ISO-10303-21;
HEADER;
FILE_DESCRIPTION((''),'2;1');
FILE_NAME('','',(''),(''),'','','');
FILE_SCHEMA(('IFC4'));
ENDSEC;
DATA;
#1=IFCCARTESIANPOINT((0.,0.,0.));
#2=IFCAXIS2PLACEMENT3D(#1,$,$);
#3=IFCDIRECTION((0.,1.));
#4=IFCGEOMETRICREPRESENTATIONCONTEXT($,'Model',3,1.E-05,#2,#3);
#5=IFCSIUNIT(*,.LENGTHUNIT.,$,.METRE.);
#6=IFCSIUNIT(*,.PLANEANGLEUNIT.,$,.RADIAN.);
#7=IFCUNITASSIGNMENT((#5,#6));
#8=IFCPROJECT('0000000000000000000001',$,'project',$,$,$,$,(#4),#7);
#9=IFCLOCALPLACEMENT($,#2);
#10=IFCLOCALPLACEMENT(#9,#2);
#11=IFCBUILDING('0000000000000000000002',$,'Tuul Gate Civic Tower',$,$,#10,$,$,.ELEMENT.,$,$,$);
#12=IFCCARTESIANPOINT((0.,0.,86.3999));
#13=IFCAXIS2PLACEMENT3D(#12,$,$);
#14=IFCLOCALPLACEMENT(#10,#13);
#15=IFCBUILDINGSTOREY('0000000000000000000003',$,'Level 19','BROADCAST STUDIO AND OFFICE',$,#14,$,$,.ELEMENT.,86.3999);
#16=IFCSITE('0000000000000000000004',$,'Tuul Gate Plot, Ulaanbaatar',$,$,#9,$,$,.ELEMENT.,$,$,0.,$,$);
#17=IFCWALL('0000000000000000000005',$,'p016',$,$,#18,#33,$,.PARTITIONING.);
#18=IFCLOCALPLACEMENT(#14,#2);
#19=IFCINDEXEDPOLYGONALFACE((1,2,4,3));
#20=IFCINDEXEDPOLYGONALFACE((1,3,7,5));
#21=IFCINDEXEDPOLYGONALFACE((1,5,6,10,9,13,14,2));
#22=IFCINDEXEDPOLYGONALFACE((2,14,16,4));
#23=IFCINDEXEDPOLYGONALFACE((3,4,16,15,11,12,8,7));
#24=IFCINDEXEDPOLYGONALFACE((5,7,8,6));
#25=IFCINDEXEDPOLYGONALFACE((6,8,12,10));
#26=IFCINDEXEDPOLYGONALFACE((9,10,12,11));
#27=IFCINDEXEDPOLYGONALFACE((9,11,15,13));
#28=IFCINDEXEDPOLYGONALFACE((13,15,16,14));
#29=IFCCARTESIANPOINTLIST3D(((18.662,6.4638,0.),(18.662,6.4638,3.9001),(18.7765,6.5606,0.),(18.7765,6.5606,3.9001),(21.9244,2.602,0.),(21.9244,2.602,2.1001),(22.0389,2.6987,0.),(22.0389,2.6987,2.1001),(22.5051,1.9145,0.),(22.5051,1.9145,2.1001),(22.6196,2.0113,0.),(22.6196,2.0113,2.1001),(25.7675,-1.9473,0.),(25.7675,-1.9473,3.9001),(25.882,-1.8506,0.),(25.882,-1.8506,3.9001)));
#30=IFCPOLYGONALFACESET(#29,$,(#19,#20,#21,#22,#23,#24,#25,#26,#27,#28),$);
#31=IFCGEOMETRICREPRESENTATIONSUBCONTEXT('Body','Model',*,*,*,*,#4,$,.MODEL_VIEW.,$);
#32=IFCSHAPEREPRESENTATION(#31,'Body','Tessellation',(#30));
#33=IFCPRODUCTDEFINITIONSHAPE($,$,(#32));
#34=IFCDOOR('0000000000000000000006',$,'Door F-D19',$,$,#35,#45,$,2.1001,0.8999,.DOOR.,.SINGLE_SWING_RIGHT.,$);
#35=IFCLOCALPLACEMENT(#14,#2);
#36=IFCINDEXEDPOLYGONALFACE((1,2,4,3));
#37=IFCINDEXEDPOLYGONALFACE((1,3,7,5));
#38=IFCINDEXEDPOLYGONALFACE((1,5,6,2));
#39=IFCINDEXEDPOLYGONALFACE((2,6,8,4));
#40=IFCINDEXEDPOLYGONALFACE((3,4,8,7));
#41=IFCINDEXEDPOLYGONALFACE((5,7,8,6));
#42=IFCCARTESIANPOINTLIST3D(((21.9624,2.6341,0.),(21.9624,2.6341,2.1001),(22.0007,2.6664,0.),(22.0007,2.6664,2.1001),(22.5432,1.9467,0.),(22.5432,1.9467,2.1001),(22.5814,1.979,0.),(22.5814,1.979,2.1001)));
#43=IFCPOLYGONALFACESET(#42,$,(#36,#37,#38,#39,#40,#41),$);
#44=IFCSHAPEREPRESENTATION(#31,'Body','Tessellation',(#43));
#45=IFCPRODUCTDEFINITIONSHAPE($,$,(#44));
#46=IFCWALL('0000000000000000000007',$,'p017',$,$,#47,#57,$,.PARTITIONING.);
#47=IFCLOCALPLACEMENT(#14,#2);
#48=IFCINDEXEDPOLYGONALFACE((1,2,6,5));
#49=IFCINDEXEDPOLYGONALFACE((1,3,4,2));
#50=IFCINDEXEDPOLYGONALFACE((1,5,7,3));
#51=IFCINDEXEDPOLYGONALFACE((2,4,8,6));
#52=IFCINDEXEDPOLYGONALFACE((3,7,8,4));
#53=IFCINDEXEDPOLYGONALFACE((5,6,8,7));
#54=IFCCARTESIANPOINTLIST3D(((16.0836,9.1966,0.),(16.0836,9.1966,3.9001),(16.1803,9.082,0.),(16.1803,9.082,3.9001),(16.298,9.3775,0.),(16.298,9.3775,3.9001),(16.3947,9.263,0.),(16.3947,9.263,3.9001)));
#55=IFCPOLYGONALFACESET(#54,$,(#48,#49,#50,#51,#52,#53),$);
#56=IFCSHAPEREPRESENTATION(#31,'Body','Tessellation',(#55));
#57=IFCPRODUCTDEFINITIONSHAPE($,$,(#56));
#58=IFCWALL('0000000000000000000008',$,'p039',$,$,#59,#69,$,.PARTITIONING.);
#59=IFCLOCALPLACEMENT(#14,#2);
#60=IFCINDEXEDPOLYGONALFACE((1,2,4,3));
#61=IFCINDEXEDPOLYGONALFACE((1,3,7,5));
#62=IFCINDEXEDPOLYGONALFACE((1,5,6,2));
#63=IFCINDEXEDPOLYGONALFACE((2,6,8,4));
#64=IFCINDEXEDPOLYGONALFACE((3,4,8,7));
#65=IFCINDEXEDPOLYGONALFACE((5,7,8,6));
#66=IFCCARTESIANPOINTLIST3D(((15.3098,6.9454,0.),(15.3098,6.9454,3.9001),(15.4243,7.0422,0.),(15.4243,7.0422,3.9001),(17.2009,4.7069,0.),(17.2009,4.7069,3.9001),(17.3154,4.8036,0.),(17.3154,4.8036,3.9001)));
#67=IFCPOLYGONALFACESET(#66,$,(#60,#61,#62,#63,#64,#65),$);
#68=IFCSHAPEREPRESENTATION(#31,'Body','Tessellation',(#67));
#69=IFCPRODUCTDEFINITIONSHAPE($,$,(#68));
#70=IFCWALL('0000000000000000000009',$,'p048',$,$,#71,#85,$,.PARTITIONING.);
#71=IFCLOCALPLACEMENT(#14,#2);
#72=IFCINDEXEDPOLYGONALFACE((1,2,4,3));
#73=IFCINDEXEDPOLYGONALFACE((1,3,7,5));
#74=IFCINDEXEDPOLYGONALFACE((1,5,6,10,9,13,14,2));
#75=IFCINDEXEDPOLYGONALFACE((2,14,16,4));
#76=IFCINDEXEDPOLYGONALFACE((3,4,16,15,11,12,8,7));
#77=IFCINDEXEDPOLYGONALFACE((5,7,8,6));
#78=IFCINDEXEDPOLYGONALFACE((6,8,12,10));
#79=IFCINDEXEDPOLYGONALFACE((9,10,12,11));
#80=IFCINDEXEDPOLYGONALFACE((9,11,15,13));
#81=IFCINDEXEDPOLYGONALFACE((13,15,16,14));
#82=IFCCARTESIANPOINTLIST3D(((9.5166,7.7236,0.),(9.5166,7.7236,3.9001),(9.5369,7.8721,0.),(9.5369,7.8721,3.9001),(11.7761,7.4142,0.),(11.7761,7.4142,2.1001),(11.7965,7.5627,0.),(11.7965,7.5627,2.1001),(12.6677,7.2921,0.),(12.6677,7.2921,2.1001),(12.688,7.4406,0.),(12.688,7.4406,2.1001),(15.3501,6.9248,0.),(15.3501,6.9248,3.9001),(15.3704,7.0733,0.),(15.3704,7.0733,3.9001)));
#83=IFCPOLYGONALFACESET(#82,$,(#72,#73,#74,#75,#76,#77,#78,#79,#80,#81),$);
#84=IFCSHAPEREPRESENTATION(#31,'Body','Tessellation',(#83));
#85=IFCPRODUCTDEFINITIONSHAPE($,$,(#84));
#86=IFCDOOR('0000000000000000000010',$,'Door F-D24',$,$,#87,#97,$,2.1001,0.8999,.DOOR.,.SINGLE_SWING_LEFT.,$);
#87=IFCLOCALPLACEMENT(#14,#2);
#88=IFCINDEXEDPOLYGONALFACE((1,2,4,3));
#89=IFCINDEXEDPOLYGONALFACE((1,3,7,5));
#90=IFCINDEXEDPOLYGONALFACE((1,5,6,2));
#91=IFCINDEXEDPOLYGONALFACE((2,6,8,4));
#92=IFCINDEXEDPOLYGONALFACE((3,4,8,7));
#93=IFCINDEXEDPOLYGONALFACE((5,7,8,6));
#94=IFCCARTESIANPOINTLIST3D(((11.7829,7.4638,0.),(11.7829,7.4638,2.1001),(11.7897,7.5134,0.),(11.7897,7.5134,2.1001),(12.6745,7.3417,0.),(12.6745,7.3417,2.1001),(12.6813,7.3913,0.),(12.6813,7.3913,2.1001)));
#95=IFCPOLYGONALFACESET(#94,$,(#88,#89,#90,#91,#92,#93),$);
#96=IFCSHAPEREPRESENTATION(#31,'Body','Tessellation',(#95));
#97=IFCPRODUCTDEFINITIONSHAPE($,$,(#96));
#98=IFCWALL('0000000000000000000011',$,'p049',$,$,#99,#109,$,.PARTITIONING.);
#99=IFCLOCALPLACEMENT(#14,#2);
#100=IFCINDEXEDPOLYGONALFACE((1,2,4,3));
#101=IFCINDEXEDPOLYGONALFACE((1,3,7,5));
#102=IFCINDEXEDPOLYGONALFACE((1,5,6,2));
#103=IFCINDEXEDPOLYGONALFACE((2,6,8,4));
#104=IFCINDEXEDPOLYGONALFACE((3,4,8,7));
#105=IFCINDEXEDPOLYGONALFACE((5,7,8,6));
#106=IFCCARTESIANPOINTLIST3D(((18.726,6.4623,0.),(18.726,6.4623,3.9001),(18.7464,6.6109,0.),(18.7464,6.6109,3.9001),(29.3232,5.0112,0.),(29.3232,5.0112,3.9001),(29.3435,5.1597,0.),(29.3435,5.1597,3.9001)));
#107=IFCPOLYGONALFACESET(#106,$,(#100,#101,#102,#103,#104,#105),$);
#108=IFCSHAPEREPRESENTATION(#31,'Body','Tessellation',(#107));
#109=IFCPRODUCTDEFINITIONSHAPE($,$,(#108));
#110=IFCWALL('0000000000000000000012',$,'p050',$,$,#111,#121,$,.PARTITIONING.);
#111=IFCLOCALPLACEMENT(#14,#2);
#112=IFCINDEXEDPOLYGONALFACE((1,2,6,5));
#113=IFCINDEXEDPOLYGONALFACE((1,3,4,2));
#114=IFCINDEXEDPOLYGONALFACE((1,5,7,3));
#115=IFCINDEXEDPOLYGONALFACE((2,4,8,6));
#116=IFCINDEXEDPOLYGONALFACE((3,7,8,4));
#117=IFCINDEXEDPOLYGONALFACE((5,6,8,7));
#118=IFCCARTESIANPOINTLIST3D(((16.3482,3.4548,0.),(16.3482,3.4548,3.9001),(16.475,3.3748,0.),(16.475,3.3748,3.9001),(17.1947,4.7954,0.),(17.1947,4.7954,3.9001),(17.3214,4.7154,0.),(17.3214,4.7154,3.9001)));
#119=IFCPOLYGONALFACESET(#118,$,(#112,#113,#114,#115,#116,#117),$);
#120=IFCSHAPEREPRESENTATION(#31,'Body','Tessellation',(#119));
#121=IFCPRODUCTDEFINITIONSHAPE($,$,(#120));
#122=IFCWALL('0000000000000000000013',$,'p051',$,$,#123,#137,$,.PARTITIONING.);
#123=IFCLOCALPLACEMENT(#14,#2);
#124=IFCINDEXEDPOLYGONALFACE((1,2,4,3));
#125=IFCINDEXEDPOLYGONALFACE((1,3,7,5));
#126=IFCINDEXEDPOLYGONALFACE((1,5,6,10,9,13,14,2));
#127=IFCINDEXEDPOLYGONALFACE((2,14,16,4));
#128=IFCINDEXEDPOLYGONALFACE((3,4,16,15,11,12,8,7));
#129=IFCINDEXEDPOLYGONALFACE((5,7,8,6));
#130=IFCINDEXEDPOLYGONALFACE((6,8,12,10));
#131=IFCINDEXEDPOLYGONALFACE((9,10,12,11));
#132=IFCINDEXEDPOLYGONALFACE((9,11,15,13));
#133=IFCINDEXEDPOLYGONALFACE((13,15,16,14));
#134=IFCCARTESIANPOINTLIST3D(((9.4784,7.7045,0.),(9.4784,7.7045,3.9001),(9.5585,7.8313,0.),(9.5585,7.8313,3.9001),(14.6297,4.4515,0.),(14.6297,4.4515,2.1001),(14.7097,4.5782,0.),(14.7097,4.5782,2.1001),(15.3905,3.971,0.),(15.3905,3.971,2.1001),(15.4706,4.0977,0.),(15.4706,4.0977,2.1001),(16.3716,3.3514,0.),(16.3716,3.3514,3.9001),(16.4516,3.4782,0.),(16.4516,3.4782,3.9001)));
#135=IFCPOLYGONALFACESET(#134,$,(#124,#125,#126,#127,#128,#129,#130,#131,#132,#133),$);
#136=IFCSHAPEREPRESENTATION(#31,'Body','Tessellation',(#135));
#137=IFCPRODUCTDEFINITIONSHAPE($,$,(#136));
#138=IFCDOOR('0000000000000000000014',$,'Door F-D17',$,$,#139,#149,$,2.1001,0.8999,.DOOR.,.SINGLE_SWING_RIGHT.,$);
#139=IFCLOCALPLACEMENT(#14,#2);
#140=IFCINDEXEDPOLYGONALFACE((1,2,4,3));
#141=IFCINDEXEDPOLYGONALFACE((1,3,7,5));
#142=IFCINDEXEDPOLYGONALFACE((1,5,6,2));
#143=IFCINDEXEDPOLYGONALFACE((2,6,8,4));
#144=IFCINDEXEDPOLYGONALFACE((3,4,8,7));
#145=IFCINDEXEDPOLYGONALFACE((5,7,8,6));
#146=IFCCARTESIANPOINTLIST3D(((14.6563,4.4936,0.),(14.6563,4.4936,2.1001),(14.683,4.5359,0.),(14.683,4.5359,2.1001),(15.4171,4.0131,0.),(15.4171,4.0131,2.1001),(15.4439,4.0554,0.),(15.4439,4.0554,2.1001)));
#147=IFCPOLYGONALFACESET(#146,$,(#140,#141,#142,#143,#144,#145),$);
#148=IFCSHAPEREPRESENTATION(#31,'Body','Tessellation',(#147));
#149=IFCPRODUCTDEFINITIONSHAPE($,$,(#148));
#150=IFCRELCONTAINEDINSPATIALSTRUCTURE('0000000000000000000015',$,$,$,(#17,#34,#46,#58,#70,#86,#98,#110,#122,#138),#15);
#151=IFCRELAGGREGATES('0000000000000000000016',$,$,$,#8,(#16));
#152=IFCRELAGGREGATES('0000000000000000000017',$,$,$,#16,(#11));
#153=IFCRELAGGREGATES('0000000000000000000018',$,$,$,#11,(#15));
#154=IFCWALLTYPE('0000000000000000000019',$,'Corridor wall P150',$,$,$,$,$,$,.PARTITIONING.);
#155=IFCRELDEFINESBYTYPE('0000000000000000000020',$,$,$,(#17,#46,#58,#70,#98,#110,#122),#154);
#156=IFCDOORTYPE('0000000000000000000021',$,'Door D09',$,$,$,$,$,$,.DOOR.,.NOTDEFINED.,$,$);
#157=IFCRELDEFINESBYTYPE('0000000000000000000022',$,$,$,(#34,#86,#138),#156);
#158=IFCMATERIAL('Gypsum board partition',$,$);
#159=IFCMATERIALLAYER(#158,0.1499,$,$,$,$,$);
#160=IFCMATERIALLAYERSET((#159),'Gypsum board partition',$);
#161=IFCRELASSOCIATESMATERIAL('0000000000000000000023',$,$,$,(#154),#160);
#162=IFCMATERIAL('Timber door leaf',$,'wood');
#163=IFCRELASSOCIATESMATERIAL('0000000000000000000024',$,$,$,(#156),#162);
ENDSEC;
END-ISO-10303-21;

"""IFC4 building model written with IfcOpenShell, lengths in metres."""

from ifc_helpers import new_model, si_unit, direction, frame, frame_2d, origin, place, context, subcontext, project, spatial, rectangle, extrude, material, layer, layer_set, type_object, element, fill, save


model = new_model("IFC4")

# Units and contexts
model_context = context("Model", 3, precision=1e-05, world=origin(), true_north=direction((0.0, 1.0)))
body_context = subcontext(model_context, "Body", "Model", "MODEL_VIEW")
ifc_project = project(units=[si_unit("LENGTHUNIT", "METRE"), si_unit("PLANEANGLEUNIT", "RADIAN")], contexts=[model_context])

# Site, building, storey
site_placement = place(None, origin())
site = spatial("IfcSite", under=ifc_project, at=site_placement, Name="Tuul Gate Plot, Ulaanbaatar", CompositionType="ELEMENT", RefElevation=0.0)
building_placement = place(site_placement, origin())
building = spatial("IfcBuilding", under=site, at=building_placement, Name="Tuul Gate Civic Tower", CompositionType="ELEMENT")
storey_placement = place(building_placement, frame((0.0, 0.0, 86.3999)))
storey = spatial("IfcBuildingStorey", under=building, at=storey_placement, Name="Level 19", Description="BROADCAST STUDIO AND OFFICE", CompositionType="ELEMENT", Elevation=86.3999)

# Shared definitions
ifc_material_1 = material(Name="Gypsum board partition")
ifc_layer_1 = layer(ifc_material_1, 0.1499)
ifc_layer_set_1 = layer_set([ifc_layer_1], Name="Gypsum board partition")
wall_type_1 = type_object("IfcWallType", Name="Corridor wall P150", PredefinedType="PARTITIONING", material=ifc_layer_set_1)

# Wall, opening, door
wall_1_placement = place(storey_placement, frame((18.7192, 6.5122, 0.0), z_axis=(0.0, 0.0, 1.0), x_axis=(0.645326, -0.763907, 0.0)))
wall_1 = element("IfcWall", 1, at=wall_1_placement, inside=storey, type_object=wall_type_1, Name="p016", PredefinedType="PARTITIONING", context=body_context, shape_type="SweptSolid", body=[
    extrude(rectangle(XDim=11.0107, YDim=0.1499, at=frame_2d((5.5054, 0.0))), origin(), (0.0, 0.0, 1.0), 3.9001),
])
opening_1_placement = place(wall_1_placement, frame((5.0554, 0.0, 0.0)))
opening_1 = element("IfcOpeningElement", 2, at=opening_1_placement, cuts=wall_1, PredefinedType="OPENING", context=body_context, shape_type="SweptSolid", body=[
    extrude(rectangle(XDim=0.8999, YDim=2.1001, at=frame_2d((0.45, 1.05))), frame((0.0, 0.085, 0.0), z_axis=(0.0, -1.0, 0.0), x_axis=(1.0, 0.0, 0.0)), (0.0, 0.0, 1.0), 0.1699),
])
ifc_material_2 = material(Name="Timber door leaf", Category="wood")
door_type_1 = type_object("IfcDoorType", Name="Door D09", OperationType="NOTDEFINED", PredefinedType="DOOR", material=ifc_material_2)
door_1_placement = place(opening_1_placement, origin())
door_1 = element("IfcDoor", 3, at=door_1_placement, inside=storey, type_object=door_type_1, Name="Door F-D19", OperationType="SINGLE_SWING_RIGHT", OverallHeight=2.1001, OverallWidth=0.8999, PredefinedType="DOOR", context=body_context, shape_type="SweptSolid", body=[
    extrude(rectangle(XDim=0.8999, YDim=2.1001, at=frame_2d((0.45, 1.05))), frame((0.0, 0.0249, 0.0), z_axis=(0.0, -1.0, 0.0), x_axis=(1.0, 0.0, 0.0)), (0.0, 0.0, 1.0), 0.05),
])
fill(opening_1, door_1)

# Walls
wall_2_placement = place(storey_placement, frame((16.1321, 9.1394, 0.0), z_axis=(0.0, 0.0, 1.0), x_axis=(0.764211, 0.644966, 0.0)))
element("IfcWall", 4, at=wall_2_placement, inside=storey, type_object=wall_type_1, Name="p017", PredefinedType="PARTITIONING", context=body_context, shape_type="SweptSolid", body=[
    extrude(rectangle(XDim=0.2805, YDim=0.1499, at=frame_2d((0.1401, 0.0))), origin(), (0.0, 0.0, 1.0), 3.9001),
])
wall_3_placement = place(storey_placement, frame((15.3669, 6.9939, 0.0), z_axis=(0.0, 0.0, 1.0), x_axis=(0.645341, -0.763895, 0.0)))
element("IfcWall", 5, at=wall_3_placement, inside=storey, type_object=wall_type_1, Name="p039", PredefinedType="PARTITIONING", context=body_context, shape_type="SweptSolid", body=[
    extrude(rectangle(XDim=2.9304, YDim=0.1499, at=frame_2d((1.4653, 0.0))), origin(), (0.0, 0.0, 1.0), 3.9001),
])

# Wall, opening, door
wall_4_placement = place(storey_placement, frame((9.5269, 7.7979, 0.0), z_axis=(0.0, 0.0, 1.0), x_axis=(0.990754, -0.135672, 0.0)))
wall_4 = element("IfcWall", 6, at=wall_4_placement, inside=storey, type_object=wall_type_1, Name="p048", PredefinedType="PARTITIONING", context=body_context, shape_type="SweptSolid", body=[
    extrude(rectangle(XDim=5.8879, YDim=0.1499, at=frame_2d((2.9438, 0.0))), origin(), (0.0, 0.0, 1.0), 3.9001),
])
opening_2_placement = place(wall_4_placement, frame((2.2805, 0.0, 0.0)))
opening_2 = element("IfcOpeningElement", 7, at=opening_2_placement, cuts=wall_4, PredefinedType="OPENING", context=body_context, shape_type="SweptSolid", body=[
    extrude(rectangle(XDim=0.8999, YDim=2.1001, at=frame_2d((0.45, 1.05))), frame((0.0, 0.085, 0.0), z_axis=(0.0, -1.0, 0.0), x_axis=(1.0, 0.0, 0.0)), (0.0, 0.0, 1.0), 0.1699),
])
door_2_placement = place(opening_2_placement, frame((0.8999, 0.0, 0.0), z_axis=(0.0, 0.0, 1.0), x_axis=(-1.0, 0.0, 0.0)))
door_2 = element("IfcDoor", 8, at=door_2_placement, inside=storey, type_object=door_type_1, Name="Door F-D24", OperationType="SINGLE_SWING_LEFT", OverallHeight=2.1001, OverallWidth=0.8999, PredefinedType="DOOR", context=body_context, shape_type="SweptSolid", body=[
    extrude(rectangle(XDim=0.8999, YDim=2.1001, at=frame_2d((0.45, 1.05))), frame((0.0, 0.0249, 0.0), z_axis=(0.0, -1.0, 0.0), x_axis=(1.0, 0.0, 0.0)), (0.0, 0.0, 1.0), 0.05),
])
fill(opening_2, door_2)

# Walls
wall_5_placement = place(storey_placement, frame((18.7361, 6.5366, 0.0), z_axis=(0.0, 0.0, 1.0), x_axis=(0.990754, -0.135673, 0.0)))
element("IfcWall", 9, at=wall_5_placement, inside=storey, type_object=wall_type_1, Name="p049", PredefinedType="PARTITIONING", context=body_context, shape_type="SweptSolid", body=[
    extrude(rectangle(XDim=10.696, YDim=0.1499, at=frame_2d((5.3481, 0.0))), origin(), (0.0, 0.0, 1.0), 3.9001),
])
wall_6_placement = place(storey_placement, frame((16.4116, 3.4148, 0.0), z_axis=(0.0, 0.0, 1.0), x_axis=(0.533883, 0.845558, 0.0)))
element("IfcWall", 10, at=wall_6_placement, inside=storey, type_object=wall_type_1, Name="p050", PredefinedType="PARTITIONING", context=body_context, shape_type="SweptSolid", body=[
    extrude(rectangle(XDim=1.5854, YDim=0.1499, at=frame_2d((0.7927, 0.0))), origin(), (0.0, 0.0, 1.0), 3.9001),
])

# Wall, opening, door
wall_7_placement = place(storey_placement, frame((9.5186, 7.7678, 0.0), z_axis=(0.0, 0.0, 1.0), x_axis=(0.845516, -0.53395, 0.0)))
wall_7 = element("IfcWall", 11, at=wall_7_placement, inside=storey, type_object=wall_type_1, Name="p051", PredefinedType="PARTITIONING", context=body_context, shape_type="SweptSolid", body=[
    extrude(rectangle(XDim=8.1526, YDim=0.1499, at=frame_2d((4.0762, 0.0))), origin(), (0.0, 0.0, 1.0), 3.9001),
])
opening_3_placement = place(wall_7_placement, frame((6.0923, 0.0, 0.0)))
opening_3 = element("IfcOpeningElement", 12, at=opening_3_placement, cuts=wall_7, PredefinedType="OPENING", context=body_context, shape_type="SweptSolid", body=[
    extrude(rectangle(XDim=0.8999, YDim=2.1001, at=frame_2d((0.45, 1.05))), frame((0.0, 0.085, 0.0), z_axis=(0.0, -1.0, 0.0), x_axis=(1.0, 0.0, 0.0)), (0.0, 0.0, 1.0), 0.1699),
])
door_3_placement = place(opening_3_placement, origin())
door_3 = element("IfcDoor", 13, at=door_3_placement, inside=storey, type_object=door_type_1, Name="Door F-D17", OperationType="SINGLE_SWING_RIGHT", OverallHeight=2.1001, OverallWidth=0.8999, PredefinedType="DOOR", context=body_context, shape_type="SweptSolid", body=[
    extrude(rectangle(XDim=0.8999, YDim=2.1001, at=frame_2d((0.45, 1.05))), frame((0.0, 0.0249, 0.0), z_axis=(0.0, -1.0, 0.0), x_axis=(1.0, 0.0, 0.0)), (0.0, 0.0, 1.0), 0.05),
])
fill(opening_3, door_3)

save(model, "model.ifc")
